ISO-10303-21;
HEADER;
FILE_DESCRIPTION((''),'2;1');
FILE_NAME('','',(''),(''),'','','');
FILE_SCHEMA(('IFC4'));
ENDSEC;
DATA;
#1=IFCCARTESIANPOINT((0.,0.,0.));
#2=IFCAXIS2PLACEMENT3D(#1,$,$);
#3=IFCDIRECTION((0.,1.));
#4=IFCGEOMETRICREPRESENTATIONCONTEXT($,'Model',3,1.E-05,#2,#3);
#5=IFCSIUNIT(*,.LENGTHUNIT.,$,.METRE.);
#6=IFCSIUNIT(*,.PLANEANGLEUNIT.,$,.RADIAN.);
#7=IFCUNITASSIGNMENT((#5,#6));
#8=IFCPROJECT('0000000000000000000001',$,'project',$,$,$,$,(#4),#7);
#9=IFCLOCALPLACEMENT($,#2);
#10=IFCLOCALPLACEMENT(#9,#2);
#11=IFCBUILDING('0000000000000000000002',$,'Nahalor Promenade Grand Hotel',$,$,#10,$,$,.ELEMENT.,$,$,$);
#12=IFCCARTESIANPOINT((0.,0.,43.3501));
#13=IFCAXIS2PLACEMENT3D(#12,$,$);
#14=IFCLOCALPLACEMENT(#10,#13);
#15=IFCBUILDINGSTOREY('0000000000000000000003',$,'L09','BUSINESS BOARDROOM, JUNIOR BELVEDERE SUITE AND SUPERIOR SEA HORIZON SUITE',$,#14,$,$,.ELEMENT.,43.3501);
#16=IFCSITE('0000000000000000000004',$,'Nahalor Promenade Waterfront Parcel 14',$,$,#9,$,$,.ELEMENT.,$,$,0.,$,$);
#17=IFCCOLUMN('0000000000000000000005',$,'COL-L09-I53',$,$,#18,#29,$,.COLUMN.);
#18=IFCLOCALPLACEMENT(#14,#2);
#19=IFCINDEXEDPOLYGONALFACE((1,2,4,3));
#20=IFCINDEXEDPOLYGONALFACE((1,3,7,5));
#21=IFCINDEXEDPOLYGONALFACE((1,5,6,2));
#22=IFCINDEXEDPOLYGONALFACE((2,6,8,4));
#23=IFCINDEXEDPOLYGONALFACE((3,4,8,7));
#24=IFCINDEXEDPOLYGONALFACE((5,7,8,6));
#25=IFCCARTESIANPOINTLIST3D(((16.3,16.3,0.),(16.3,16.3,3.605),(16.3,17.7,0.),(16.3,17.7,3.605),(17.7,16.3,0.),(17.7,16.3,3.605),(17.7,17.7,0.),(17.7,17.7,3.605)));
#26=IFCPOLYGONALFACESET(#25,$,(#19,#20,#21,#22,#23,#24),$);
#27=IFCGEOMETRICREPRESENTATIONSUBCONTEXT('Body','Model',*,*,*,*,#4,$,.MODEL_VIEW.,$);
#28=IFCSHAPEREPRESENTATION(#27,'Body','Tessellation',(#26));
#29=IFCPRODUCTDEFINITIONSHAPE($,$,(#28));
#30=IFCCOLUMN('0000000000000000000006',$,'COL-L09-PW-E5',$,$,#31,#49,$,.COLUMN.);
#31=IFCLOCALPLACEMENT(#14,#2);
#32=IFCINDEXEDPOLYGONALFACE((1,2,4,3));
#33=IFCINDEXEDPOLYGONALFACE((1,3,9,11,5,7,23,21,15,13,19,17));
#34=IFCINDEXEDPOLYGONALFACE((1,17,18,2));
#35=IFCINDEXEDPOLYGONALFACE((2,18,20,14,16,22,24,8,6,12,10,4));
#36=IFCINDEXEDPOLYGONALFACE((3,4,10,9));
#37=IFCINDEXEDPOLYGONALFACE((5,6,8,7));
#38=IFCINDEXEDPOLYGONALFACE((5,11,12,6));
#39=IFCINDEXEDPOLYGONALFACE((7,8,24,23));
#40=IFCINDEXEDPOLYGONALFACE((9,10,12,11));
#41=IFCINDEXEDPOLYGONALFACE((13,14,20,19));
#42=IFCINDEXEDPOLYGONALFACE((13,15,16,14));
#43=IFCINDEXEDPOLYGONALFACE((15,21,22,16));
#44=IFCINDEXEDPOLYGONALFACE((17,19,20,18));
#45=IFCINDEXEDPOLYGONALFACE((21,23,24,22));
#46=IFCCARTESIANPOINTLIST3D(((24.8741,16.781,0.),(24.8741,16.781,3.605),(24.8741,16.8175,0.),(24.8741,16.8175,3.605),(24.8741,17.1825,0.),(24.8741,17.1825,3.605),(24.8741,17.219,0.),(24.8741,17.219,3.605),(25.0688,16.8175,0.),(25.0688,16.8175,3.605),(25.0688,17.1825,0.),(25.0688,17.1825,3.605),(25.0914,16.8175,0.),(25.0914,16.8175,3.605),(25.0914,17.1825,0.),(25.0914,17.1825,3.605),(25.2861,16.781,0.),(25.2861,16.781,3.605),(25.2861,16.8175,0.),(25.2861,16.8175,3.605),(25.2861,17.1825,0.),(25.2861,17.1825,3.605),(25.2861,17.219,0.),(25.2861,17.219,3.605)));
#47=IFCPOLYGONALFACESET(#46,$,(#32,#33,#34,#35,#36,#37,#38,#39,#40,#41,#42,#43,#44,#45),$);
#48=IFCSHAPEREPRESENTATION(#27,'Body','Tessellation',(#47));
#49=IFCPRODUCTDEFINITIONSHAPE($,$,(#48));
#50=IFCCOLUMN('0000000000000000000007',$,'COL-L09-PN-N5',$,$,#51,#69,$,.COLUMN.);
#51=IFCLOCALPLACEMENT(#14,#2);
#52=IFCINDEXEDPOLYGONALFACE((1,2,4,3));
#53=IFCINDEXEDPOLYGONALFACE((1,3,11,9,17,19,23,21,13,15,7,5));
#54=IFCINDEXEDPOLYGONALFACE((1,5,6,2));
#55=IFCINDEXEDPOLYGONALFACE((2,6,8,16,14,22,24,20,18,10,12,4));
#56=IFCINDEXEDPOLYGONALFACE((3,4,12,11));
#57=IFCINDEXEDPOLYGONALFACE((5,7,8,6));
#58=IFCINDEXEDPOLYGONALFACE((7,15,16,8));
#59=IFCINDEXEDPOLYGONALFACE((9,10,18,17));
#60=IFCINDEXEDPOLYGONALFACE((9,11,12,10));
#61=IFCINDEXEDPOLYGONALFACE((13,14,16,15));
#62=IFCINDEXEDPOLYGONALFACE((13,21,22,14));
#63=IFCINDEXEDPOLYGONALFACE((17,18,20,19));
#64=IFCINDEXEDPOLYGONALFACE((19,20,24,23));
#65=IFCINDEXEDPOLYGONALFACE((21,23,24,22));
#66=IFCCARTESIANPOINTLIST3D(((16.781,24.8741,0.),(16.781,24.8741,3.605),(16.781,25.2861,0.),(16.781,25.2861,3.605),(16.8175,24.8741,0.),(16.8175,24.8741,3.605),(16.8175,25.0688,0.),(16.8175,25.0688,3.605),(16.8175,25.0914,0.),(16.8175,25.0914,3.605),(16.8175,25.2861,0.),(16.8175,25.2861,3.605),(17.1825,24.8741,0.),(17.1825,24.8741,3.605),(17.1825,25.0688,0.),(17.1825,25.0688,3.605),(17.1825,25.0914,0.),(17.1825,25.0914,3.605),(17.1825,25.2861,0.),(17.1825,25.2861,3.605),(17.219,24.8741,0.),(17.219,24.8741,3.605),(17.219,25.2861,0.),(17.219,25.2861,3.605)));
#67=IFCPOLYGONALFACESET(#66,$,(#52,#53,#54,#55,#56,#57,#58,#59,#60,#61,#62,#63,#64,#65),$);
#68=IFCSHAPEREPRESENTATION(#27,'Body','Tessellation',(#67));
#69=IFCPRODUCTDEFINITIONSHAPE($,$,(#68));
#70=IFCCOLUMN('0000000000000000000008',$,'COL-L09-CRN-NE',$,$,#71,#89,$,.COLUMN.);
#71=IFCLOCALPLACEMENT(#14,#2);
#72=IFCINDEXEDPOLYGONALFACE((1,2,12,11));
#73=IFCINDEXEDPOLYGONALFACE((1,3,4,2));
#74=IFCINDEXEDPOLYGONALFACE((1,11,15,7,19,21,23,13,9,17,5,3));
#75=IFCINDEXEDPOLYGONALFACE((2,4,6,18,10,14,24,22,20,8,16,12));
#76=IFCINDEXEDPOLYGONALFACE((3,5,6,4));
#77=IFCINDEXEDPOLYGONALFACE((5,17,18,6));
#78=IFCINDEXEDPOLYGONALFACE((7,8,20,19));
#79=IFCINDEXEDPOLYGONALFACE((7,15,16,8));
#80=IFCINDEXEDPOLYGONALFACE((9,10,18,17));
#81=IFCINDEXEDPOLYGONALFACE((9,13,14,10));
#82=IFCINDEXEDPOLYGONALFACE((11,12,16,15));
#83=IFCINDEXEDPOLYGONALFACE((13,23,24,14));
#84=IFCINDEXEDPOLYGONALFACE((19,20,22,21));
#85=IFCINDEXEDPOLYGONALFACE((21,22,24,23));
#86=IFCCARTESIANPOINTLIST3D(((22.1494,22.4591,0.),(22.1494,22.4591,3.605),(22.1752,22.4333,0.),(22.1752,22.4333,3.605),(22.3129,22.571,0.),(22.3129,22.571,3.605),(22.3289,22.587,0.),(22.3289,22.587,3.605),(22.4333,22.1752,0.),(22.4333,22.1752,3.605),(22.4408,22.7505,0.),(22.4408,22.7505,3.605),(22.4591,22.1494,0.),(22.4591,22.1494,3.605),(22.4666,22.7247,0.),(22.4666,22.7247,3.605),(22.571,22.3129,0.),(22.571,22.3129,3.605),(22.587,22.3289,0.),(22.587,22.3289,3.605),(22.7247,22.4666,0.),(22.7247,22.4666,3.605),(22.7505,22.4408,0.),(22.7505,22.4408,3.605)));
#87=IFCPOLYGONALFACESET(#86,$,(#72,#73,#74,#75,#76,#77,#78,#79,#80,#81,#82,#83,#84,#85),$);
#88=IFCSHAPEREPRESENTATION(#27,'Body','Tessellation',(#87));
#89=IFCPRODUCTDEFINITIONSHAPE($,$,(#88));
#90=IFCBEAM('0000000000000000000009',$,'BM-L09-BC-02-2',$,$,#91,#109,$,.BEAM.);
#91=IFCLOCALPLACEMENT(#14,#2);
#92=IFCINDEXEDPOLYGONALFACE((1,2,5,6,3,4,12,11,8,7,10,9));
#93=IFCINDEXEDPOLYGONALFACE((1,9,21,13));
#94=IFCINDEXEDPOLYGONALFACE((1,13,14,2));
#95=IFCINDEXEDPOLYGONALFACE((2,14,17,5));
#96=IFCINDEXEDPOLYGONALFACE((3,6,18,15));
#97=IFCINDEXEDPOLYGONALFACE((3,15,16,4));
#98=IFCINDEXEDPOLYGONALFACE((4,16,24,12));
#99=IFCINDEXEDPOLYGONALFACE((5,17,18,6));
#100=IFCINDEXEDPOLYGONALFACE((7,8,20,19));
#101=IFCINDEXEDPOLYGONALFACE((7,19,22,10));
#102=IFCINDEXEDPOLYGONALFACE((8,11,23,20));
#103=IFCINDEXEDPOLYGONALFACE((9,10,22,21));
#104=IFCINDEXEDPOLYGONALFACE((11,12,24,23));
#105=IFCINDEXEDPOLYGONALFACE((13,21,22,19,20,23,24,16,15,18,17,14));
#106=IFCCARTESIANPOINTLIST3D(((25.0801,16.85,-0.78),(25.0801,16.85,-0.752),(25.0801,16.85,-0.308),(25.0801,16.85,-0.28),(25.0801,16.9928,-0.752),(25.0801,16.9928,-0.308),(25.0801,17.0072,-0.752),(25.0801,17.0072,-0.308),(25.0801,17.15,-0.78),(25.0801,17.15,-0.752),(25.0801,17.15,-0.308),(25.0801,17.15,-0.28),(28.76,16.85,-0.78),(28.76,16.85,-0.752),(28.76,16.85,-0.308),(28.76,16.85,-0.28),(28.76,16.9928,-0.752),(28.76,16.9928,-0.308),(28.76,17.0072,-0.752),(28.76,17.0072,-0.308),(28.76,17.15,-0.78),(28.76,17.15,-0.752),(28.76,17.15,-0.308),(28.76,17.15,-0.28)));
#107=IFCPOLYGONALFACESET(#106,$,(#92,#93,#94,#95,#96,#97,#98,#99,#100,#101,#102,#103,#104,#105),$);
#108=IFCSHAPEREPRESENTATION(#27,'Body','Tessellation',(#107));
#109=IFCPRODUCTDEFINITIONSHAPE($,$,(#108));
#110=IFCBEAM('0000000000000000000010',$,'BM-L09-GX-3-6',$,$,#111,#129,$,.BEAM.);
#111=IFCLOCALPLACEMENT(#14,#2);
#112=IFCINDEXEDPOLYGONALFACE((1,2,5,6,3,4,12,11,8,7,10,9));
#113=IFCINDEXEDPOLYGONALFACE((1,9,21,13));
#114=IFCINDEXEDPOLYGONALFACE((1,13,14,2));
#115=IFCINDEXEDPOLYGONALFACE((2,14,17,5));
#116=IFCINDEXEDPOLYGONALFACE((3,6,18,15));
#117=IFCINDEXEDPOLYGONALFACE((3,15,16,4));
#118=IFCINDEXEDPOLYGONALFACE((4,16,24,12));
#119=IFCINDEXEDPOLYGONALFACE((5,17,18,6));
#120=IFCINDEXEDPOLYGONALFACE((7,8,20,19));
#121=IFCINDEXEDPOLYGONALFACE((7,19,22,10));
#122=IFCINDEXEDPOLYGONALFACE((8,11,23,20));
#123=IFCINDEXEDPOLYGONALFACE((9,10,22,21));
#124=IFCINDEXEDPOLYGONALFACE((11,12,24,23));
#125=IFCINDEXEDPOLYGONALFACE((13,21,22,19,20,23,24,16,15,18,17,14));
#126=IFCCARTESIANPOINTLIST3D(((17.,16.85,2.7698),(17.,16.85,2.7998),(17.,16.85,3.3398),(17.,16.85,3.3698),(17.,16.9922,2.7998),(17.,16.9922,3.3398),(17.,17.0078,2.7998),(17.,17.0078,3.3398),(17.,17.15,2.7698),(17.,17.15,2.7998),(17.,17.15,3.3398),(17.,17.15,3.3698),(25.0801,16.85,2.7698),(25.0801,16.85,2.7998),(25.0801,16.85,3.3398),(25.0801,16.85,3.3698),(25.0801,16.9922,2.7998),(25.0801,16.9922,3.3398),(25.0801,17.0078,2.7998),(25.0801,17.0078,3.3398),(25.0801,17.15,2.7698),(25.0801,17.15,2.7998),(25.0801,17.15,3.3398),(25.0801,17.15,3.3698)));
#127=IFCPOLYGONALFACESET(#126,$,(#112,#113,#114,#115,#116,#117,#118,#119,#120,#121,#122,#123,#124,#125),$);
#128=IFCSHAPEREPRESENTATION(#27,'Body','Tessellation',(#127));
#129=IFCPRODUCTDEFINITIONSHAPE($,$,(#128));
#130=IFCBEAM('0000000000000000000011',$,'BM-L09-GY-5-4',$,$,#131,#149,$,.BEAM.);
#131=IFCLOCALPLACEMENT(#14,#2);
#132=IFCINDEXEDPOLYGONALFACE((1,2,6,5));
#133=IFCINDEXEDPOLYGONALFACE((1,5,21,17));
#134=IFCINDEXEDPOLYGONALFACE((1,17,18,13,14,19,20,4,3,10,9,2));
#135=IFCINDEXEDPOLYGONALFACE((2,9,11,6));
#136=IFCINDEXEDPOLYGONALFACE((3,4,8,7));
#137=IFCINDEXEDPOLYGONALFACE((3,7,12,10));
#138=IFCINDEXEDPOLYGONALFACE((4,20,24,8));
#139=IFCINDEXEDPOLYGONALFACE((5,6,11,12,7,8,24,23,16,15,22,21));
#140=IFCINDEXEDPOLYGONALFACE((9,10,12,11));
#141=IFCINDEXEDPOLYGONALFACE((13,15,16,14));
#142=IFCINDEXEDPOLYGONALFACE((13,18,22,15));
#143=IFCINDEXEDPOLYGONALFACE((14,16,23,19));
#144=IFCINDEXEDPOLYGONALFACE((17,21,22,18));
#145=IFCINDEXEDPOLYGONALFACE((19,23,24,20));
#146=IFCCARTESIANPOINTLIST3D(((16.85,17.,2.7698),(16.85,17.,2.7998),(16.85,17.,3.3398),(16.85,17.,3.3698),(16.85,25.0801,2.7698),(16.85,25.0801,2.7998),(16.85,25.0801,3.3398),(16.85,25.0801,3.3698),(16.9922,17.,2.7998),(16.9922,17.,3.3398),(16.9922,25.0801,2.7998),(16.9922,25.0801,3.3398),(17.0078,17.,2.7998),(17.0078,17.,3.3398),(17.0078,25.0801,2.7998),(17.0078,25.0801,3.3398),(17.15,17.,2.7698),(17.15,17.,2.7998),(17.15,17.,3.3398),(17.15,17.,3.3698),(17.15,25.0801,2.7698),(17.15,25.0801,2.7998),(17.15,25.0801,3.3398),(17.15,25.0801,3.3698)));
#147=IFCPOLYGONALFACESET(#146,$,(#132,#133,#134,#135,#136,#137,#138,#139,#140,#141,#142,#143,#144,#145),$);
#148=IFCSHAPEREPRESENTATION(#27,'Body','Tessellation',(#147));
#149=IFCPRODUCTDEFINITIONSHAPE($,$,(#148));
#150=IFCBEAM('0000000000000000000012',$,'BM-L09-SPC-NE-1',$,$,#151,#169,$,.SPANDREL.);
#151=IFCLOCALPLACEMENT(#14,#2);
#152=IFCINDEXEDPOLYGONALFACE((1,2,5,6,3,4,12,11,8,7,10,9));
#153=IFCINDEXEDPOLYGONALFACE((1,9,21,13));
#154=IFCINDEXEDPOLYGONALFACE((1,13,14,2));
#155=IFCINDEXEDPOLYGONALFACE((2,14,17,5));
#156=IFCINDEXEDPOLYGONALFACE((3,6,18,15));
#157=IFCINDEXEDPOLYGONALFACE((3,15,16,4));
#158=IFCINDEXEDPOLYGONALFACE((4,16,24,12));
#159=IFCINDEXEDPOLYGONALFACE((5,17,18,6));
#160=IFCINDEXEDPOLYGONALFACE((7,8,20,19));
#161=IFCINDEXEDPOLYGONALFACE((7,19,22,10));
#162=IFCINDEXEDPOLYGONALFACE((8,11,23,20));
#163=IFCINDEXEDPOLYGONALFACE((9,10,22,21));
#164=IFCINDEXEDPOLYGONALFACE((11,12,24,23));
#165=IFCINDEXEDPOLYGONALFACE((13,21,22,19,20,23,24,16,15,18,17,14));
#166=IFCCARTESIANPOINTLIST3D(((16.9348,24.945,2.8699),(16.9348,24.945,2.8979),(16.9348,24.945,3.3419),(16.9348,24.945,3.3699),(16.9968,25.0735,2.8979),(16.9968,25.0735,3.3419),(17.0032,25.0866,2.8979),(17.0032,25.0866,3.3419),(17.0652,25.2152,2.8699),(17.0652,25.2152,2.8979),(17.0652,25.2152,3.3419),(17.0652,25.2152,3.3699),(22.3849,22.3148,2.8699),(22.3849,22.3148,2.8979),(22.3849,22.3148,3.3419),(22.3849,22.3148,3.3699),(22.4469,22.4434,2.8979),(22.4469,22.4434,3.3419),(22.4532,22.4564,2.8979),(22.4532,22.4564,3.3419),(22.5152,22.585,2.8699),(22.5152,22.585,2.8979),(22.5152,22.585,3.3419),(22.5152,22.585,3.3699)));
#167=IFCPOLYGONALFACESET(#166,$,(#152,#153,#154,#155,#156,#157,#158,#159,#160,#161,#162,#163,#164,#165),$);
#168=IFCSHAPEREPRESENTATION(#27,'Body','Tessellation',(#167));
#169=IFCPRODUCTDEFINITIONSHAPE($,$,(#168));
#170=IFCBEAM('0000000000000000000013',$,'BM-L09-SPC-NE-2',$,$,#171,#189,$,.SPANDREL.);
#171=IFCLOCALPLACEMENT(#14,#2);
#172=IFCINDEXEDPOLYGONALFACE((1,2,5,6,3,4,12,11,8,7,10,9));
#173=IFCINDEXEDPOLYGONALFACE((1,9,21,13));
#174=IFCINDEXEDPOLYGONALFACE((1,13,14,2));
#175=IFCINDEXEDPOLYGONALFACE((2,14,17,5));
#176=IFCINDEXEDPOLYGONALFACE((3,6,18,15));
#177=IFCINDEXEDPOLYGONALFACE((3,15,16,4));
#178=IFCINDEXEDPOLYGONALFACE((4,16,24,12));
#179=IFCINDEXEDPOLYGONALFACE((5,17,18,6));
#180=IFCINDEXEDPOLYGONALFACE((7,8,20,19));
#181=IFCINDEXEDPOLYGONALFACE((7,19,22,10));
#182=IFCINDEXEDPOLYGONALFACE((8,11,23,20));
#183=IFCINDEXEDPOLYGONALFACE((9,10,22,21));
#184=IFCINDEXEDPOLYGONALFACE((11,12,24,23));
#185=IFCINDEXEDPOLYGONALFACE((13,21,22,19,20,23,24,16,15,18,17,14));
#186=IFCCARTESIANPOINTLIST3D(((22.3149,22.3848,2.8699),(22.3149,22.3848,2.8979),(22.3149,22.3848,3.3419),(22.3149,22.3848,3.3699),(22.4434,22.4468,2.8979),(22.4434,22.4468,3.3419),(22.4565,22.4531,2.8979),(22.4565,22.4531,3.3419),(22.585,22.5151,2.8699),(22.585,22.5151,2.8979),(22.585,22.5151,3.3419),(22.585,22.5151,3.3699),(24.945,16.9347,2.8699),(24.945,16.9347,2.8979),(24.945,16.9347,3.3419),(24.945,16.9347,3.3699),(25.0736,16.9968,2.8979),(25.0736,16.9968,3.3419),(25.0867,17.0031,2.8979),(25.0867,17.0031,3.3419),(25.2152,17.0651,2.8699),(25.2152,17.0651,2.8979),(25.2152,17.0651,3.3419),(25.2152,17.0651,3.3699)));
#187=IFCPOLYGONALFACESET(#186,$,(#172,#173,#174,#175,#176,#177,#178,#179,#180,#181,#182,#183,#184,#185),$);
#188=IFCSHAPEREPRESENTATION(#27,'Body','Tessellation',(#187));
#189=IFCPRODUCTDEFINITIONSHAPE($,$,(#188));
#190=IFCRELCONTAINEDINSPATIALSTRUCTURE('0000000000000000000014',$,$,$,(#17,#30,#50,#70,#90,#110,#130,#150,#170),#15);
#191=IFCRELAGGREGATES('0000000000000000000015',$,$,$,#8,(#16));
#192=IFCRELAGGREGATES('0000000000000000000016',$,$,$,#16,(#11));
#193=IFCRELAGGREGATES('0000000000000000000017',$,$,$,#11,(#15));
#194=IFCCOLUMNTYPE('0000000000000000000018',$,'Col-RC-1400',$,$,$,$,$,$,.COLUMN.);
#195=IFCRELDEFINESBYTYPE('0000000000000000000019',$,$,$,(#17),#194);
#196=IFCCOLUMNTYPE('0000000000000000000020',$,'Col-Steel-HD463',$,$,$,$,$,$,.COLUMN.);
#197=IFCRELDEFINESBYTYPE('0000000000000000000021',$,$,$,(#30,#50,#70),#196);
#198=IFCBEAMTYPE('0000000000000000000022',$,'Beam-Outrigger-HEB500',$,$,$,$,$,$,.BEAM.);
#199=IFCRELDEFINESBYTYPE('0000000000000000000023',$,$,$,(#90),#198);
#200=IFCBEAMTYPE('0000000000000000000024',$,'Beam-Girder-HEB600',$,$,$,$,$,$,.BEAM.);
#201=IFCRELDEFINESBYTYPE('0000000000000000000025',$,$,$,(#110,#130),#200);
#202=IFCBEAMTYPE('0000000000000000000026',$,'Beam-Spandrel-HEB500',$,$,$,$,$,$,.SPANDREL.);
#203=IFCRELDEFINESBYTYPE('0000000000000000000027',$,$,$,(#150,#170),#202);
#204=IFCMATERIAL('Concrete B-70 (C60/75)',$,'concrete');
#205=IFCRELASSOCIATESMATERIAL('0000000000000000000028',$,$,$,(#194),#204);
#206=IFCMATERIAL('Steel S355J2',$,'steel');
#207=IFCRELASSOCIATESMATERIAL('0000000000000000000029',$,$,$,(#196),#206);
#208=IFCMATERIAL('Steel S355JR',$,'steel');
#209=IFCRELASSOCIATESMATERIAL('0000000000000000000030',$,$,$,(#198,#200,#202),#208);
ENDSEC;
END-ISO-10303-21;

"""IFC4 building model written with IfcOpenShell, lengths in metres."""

from ifc_helpers import new_model, si_unit, direction, frame, origin, origin_2d, place, context, subcontext, project, spatial, rectangle, i_section, extrude, source, transform, mapped, material, material_profile, profile_set, type_object, element, save


model = new_model("IFC4")

# Units and contexts
model_context = context("Model", 3, precision=1e-05, world=origin(), true_north=direction((0.0, 1.0)))
body_context = subcontext(model_context, "Body", "Model", "MODEL_VIEW")
ifc_project = project(units=[si_unit("LENGTHUNIT", "METRE"), si_unit("PLANEANGLEUNIT", "RADIAN")], contexts=[model_context])

# Site, building, storey
site_placement = place(None, origin())
site = spatial("IfcSite", under=ifc_project, at=site_placement, Name="Nahalor Promenade Waterfront Parcel 14", CompositionType="ELEMENT", RefElevation=0.0)
building_placement = place(site_placement, origin())
building = spatial("IfcBuilding", under=site, at=building_placement, Name="Nahalor Promenade Grand Hotel", CompositionType="ELEMENT")
storey_placement = place(building_placement, frame((0.0, 0.0, 43.3501)))
storey = spatial("IfcBuildingStorey", under=building, at=storey_placement, Name="L09", Description="BUSINESS BOARDROOM, JUNIOR BELVEDERE SUITE AND SUPERIOR SEA HORIZON SUITE", CompositionType="ELEMENT", Elevation=43.3501)

# Columns
ifc_material_1 = material(Name="Concrete B-70 (C60/75)", Category="concrete")
ifc_material_profile_1 = material_profile(ifc_material_1, rectangle(XDim=1.4, YDim=1.4, at=origin_2d()), Name="RC 1400x1400")
ifc_profile_set_1 = profile_set([ifc_material_profile_1], Name="Concrete B-70 (C60/75)")
column_type_1 = type_object("IfcColumnType", Name="Col-RC-1400", PredefinedType="COLUMN", material=ifc_profile_set_1)
shared_shape_1 = source(origin(), body_context, "Body", "SweptSolid", [
    extrude(rectangle(XDim=1.4, YDim=1.4, at=origin_2d()), origin(), (0.0, 0.0, 1.0), 3.605),
])
column_placement = place(storey_placement, frame((17.0, 17.0, 0.0), z_axis=(0.0, 0.0, 1.0), x_axis=(1.0, 0.0, 0.0)))
element("IfcColumn", 1, at=column_placement, inside=storey, type_object=column_type_1, Name="COL-L09-I53", PredefinedType="COLUMN", context=body_context, shape_type="MappedRepresentation", body=[
    mapped(shared_shape_1, transform((0.0, 0.0, 0.0), scale=1.0)),
])
ifc_material_2 = material(Name="Steel S355J2", Category="steel")
ifc_material_profile_2 = material_profile(ifc_material_2, i_section(OverallWidth=0.412, OverallDepth=0.438, WebThickness=0.0226, FlangeThickness=0.0365, at=origin_2d()), Name="HD 400x463")
ifc_profile_set_2 = profile_set([ifc_material_profile_2], Name="Steel S355J2")
column_type_2 = type_object("IfcColumnType", Name="Col-Steel-HD463", PredefinedType="COLUMN", material=ifc_profile_set_2)
shared_shape_2 = source(origin(), body_context, "Body", "SweptSolid", [
    extrude(i_section(OverallWidth=0.412, OverallDepth=0.438, WebThickness=0.0226, FlangeThickness=0.0365, at=origin_2d()), origin(), (0.0, 0.0, 1.0), 3.605),
])
for number, where, z_axis, x_axis, name in (
    (2, (25.0801, 17.0, 0.0), (0.0, 0.0, 1.0), (1.0, 0.0, 0.0), "COL-L09-PW-E5"),
    (3, (17.0, 25.0801, 0.0), (0.0, 0.0, 1.0), (0.0, 1.0, 0.0), "COL-L09-PN-N5"),
    (4, (22.45, 22.45, 0.0), (0.0, 0.0, 1.0), (0.707107, 0.707107, 0.0), "COL-L09-CRN-NE"),
):
    element("IfcColumn", number, at=place(storey_placement, frame(where, z_axis=z_axis, x_axis=x_axis)), inside=storey, type_object=column_type_2, Name=name, PredefinedType="COLUMN", context=body_context, shape_type="MappedRepresentation", body=[
        mapped(shared_shape_2, transform((0.0, 0.0, 0.0), scale=1.0)),
    ])

# Beams
ifc_material_3 = material(Name="Steel S355JR", Category="steel")
ifc_material_profile_3 = material_profile(ifc_material_3, i_section(OverallWidth=0.3, OverallDepth=0.5, WebThickness=0.0145, FlangeThickness=0.028, at=origin_2d()), Name="HEB 500")
ifc_profile_set_3 = profile_set([ifc_material_profile_3], Name="Steel S355JR")
beam_type_1 = type_object("IfcBeamType", Name="Beam-Outrigger-HEB500", PredefinedType="BEAM", material=ifc_profile_set_3)
shared_shape_3 = source(origin(), body_context, "Body", "SweptSolid", [
    extrude(i_section(OverallWidth=0.3, OverallDepth=0.5, WebThickness=0.0145, FlangeThickness=0.028, at=origin_2d()), origin(), (0.0, 0.0, 1.0), 3.6799),
])
beam_1_placement = place(storey_placement, frame((25.0801, 17.0, -0.53), z_axis=(1.0, 0.0, 0.0), x_axis=(0.0, 1.0, 0.0)))
element("IfcBeam", 5, at=beam_1_placement, inside=storey, type_object=beam_type_1, Name="BM-L09-BC-02-2", PredefinedType="BEAM", context=body_context, shape_type="MappedRepresentation", body=[
    mapped(shared_shape_3, transform((0.0, 0.0, 0.0), scale=1.0)),
])
ifc_material_profile_4 = material_profile(ifc_material_3, i_section(OverallWidth=0.3, OverallDepth=0.6, WebThickness=0.0155, FlangeThickness=0.03, at=origin_2d()), Name="HEB 600")
ifc_profile_set_4 = profile_set([ifc_material_profile_4], Name="Steel S355JR")
beam_type_2 = type_object("IfcBeamType", Name="Beam-Girder-HEB600", PredefinedType="BEAM", material=ifc_profile_set_4)
shared_shape_4 = source(origin(), body_context, "Body", "SweptSolid", [
    extrude(i_section(OverallWidth=0.3, OverallDepth=0.6, WebThickness=0.0155, FlangeThickness=0.03, at=origin_2d()), origin(), (0.0, 0.0, 1.0), 8.0801),
])
for number, where, z_axis, x_axis, name in (
    (6, (17.0, 17.0, 3.0698), (1.0, 0.0, 0.0), (0.0, 1.0, 0.0), "BM-L09-GX-3-6"),
    (7, (17.0, 17.0, 3.0698), (0.0, 1.0, 0.0), (-1.0, 0.0, 0.0), "BM-L09-GY-5-4"),
):
    element("IfcBeam", number, at=place(storey_placement, frame(where, z_axis=z_axis, x_axis=x_axis)), inside=storey, type_object=beam_type_2, Name=name, PredefinedType="BEAM", context=body_context, shape_type="MappedRepresentation", body=[
        mapped(shared_shape_4, transform((0.0, 0.0, 0.0), scale=1.0)),
    ])
ifc_material_profile_5 = material_profile(ifc_material_3, i_section(OverallWidth=0.3, OverallDepth=0.5, WebThickness=0.0145, FlangeThickness=0.028, at=origin_2d()), Name="HEB 500")
ifc_profile_set_5 = profile_set([ifc_material_profile_5], Name="Steel S355JR")
beam_type_3 = type_object("IfcBeamType", Name="Beam-Spandrel-HEB500", PredefinedType="SPANDREL", material=ifc_profile_set_5)
shared_shape_5 = source(origin(), body_context, "Body", "SweptSolid", [
    extrude(i_section(OverallWidth=0.3, OverallDepth=0.5, WebThickness=0.0145, FlangeThickness=0.028, at=origin_2d()), origin(), (0.0, 0.0, 1.0), 6.0515),
])
for number, where, z_axis, x_axis, name in (
    (8, (17.0, 25.0801, 3.1199), (0.900609, -0.434631, 0.0), (0.434631, 0.900609, 0.0), "BM-L09-SPC-NE-1"),
    (9, (22.45, 22.45, 3.1199), (0.434631, -0.900609, 0.0), (0.900609, 0.434631, 0.0), "BM-L09-SPC-NE-2"),
):
    element("IfcBeam", number, at=place(storey_placement, frame(where, z_axis=z_axis, x_axis=x_axis)), inside=storey, type_object=beam_type_3, Name=name, PredefinedType="SPANDREL", context=body_context, shape_type="MappedRepresentation", body=[
        mapped(shared_shape_5, transform((0.0, 0.0, 0.0), scale=1.0)),
    ])

save(model, "model.ifc")
